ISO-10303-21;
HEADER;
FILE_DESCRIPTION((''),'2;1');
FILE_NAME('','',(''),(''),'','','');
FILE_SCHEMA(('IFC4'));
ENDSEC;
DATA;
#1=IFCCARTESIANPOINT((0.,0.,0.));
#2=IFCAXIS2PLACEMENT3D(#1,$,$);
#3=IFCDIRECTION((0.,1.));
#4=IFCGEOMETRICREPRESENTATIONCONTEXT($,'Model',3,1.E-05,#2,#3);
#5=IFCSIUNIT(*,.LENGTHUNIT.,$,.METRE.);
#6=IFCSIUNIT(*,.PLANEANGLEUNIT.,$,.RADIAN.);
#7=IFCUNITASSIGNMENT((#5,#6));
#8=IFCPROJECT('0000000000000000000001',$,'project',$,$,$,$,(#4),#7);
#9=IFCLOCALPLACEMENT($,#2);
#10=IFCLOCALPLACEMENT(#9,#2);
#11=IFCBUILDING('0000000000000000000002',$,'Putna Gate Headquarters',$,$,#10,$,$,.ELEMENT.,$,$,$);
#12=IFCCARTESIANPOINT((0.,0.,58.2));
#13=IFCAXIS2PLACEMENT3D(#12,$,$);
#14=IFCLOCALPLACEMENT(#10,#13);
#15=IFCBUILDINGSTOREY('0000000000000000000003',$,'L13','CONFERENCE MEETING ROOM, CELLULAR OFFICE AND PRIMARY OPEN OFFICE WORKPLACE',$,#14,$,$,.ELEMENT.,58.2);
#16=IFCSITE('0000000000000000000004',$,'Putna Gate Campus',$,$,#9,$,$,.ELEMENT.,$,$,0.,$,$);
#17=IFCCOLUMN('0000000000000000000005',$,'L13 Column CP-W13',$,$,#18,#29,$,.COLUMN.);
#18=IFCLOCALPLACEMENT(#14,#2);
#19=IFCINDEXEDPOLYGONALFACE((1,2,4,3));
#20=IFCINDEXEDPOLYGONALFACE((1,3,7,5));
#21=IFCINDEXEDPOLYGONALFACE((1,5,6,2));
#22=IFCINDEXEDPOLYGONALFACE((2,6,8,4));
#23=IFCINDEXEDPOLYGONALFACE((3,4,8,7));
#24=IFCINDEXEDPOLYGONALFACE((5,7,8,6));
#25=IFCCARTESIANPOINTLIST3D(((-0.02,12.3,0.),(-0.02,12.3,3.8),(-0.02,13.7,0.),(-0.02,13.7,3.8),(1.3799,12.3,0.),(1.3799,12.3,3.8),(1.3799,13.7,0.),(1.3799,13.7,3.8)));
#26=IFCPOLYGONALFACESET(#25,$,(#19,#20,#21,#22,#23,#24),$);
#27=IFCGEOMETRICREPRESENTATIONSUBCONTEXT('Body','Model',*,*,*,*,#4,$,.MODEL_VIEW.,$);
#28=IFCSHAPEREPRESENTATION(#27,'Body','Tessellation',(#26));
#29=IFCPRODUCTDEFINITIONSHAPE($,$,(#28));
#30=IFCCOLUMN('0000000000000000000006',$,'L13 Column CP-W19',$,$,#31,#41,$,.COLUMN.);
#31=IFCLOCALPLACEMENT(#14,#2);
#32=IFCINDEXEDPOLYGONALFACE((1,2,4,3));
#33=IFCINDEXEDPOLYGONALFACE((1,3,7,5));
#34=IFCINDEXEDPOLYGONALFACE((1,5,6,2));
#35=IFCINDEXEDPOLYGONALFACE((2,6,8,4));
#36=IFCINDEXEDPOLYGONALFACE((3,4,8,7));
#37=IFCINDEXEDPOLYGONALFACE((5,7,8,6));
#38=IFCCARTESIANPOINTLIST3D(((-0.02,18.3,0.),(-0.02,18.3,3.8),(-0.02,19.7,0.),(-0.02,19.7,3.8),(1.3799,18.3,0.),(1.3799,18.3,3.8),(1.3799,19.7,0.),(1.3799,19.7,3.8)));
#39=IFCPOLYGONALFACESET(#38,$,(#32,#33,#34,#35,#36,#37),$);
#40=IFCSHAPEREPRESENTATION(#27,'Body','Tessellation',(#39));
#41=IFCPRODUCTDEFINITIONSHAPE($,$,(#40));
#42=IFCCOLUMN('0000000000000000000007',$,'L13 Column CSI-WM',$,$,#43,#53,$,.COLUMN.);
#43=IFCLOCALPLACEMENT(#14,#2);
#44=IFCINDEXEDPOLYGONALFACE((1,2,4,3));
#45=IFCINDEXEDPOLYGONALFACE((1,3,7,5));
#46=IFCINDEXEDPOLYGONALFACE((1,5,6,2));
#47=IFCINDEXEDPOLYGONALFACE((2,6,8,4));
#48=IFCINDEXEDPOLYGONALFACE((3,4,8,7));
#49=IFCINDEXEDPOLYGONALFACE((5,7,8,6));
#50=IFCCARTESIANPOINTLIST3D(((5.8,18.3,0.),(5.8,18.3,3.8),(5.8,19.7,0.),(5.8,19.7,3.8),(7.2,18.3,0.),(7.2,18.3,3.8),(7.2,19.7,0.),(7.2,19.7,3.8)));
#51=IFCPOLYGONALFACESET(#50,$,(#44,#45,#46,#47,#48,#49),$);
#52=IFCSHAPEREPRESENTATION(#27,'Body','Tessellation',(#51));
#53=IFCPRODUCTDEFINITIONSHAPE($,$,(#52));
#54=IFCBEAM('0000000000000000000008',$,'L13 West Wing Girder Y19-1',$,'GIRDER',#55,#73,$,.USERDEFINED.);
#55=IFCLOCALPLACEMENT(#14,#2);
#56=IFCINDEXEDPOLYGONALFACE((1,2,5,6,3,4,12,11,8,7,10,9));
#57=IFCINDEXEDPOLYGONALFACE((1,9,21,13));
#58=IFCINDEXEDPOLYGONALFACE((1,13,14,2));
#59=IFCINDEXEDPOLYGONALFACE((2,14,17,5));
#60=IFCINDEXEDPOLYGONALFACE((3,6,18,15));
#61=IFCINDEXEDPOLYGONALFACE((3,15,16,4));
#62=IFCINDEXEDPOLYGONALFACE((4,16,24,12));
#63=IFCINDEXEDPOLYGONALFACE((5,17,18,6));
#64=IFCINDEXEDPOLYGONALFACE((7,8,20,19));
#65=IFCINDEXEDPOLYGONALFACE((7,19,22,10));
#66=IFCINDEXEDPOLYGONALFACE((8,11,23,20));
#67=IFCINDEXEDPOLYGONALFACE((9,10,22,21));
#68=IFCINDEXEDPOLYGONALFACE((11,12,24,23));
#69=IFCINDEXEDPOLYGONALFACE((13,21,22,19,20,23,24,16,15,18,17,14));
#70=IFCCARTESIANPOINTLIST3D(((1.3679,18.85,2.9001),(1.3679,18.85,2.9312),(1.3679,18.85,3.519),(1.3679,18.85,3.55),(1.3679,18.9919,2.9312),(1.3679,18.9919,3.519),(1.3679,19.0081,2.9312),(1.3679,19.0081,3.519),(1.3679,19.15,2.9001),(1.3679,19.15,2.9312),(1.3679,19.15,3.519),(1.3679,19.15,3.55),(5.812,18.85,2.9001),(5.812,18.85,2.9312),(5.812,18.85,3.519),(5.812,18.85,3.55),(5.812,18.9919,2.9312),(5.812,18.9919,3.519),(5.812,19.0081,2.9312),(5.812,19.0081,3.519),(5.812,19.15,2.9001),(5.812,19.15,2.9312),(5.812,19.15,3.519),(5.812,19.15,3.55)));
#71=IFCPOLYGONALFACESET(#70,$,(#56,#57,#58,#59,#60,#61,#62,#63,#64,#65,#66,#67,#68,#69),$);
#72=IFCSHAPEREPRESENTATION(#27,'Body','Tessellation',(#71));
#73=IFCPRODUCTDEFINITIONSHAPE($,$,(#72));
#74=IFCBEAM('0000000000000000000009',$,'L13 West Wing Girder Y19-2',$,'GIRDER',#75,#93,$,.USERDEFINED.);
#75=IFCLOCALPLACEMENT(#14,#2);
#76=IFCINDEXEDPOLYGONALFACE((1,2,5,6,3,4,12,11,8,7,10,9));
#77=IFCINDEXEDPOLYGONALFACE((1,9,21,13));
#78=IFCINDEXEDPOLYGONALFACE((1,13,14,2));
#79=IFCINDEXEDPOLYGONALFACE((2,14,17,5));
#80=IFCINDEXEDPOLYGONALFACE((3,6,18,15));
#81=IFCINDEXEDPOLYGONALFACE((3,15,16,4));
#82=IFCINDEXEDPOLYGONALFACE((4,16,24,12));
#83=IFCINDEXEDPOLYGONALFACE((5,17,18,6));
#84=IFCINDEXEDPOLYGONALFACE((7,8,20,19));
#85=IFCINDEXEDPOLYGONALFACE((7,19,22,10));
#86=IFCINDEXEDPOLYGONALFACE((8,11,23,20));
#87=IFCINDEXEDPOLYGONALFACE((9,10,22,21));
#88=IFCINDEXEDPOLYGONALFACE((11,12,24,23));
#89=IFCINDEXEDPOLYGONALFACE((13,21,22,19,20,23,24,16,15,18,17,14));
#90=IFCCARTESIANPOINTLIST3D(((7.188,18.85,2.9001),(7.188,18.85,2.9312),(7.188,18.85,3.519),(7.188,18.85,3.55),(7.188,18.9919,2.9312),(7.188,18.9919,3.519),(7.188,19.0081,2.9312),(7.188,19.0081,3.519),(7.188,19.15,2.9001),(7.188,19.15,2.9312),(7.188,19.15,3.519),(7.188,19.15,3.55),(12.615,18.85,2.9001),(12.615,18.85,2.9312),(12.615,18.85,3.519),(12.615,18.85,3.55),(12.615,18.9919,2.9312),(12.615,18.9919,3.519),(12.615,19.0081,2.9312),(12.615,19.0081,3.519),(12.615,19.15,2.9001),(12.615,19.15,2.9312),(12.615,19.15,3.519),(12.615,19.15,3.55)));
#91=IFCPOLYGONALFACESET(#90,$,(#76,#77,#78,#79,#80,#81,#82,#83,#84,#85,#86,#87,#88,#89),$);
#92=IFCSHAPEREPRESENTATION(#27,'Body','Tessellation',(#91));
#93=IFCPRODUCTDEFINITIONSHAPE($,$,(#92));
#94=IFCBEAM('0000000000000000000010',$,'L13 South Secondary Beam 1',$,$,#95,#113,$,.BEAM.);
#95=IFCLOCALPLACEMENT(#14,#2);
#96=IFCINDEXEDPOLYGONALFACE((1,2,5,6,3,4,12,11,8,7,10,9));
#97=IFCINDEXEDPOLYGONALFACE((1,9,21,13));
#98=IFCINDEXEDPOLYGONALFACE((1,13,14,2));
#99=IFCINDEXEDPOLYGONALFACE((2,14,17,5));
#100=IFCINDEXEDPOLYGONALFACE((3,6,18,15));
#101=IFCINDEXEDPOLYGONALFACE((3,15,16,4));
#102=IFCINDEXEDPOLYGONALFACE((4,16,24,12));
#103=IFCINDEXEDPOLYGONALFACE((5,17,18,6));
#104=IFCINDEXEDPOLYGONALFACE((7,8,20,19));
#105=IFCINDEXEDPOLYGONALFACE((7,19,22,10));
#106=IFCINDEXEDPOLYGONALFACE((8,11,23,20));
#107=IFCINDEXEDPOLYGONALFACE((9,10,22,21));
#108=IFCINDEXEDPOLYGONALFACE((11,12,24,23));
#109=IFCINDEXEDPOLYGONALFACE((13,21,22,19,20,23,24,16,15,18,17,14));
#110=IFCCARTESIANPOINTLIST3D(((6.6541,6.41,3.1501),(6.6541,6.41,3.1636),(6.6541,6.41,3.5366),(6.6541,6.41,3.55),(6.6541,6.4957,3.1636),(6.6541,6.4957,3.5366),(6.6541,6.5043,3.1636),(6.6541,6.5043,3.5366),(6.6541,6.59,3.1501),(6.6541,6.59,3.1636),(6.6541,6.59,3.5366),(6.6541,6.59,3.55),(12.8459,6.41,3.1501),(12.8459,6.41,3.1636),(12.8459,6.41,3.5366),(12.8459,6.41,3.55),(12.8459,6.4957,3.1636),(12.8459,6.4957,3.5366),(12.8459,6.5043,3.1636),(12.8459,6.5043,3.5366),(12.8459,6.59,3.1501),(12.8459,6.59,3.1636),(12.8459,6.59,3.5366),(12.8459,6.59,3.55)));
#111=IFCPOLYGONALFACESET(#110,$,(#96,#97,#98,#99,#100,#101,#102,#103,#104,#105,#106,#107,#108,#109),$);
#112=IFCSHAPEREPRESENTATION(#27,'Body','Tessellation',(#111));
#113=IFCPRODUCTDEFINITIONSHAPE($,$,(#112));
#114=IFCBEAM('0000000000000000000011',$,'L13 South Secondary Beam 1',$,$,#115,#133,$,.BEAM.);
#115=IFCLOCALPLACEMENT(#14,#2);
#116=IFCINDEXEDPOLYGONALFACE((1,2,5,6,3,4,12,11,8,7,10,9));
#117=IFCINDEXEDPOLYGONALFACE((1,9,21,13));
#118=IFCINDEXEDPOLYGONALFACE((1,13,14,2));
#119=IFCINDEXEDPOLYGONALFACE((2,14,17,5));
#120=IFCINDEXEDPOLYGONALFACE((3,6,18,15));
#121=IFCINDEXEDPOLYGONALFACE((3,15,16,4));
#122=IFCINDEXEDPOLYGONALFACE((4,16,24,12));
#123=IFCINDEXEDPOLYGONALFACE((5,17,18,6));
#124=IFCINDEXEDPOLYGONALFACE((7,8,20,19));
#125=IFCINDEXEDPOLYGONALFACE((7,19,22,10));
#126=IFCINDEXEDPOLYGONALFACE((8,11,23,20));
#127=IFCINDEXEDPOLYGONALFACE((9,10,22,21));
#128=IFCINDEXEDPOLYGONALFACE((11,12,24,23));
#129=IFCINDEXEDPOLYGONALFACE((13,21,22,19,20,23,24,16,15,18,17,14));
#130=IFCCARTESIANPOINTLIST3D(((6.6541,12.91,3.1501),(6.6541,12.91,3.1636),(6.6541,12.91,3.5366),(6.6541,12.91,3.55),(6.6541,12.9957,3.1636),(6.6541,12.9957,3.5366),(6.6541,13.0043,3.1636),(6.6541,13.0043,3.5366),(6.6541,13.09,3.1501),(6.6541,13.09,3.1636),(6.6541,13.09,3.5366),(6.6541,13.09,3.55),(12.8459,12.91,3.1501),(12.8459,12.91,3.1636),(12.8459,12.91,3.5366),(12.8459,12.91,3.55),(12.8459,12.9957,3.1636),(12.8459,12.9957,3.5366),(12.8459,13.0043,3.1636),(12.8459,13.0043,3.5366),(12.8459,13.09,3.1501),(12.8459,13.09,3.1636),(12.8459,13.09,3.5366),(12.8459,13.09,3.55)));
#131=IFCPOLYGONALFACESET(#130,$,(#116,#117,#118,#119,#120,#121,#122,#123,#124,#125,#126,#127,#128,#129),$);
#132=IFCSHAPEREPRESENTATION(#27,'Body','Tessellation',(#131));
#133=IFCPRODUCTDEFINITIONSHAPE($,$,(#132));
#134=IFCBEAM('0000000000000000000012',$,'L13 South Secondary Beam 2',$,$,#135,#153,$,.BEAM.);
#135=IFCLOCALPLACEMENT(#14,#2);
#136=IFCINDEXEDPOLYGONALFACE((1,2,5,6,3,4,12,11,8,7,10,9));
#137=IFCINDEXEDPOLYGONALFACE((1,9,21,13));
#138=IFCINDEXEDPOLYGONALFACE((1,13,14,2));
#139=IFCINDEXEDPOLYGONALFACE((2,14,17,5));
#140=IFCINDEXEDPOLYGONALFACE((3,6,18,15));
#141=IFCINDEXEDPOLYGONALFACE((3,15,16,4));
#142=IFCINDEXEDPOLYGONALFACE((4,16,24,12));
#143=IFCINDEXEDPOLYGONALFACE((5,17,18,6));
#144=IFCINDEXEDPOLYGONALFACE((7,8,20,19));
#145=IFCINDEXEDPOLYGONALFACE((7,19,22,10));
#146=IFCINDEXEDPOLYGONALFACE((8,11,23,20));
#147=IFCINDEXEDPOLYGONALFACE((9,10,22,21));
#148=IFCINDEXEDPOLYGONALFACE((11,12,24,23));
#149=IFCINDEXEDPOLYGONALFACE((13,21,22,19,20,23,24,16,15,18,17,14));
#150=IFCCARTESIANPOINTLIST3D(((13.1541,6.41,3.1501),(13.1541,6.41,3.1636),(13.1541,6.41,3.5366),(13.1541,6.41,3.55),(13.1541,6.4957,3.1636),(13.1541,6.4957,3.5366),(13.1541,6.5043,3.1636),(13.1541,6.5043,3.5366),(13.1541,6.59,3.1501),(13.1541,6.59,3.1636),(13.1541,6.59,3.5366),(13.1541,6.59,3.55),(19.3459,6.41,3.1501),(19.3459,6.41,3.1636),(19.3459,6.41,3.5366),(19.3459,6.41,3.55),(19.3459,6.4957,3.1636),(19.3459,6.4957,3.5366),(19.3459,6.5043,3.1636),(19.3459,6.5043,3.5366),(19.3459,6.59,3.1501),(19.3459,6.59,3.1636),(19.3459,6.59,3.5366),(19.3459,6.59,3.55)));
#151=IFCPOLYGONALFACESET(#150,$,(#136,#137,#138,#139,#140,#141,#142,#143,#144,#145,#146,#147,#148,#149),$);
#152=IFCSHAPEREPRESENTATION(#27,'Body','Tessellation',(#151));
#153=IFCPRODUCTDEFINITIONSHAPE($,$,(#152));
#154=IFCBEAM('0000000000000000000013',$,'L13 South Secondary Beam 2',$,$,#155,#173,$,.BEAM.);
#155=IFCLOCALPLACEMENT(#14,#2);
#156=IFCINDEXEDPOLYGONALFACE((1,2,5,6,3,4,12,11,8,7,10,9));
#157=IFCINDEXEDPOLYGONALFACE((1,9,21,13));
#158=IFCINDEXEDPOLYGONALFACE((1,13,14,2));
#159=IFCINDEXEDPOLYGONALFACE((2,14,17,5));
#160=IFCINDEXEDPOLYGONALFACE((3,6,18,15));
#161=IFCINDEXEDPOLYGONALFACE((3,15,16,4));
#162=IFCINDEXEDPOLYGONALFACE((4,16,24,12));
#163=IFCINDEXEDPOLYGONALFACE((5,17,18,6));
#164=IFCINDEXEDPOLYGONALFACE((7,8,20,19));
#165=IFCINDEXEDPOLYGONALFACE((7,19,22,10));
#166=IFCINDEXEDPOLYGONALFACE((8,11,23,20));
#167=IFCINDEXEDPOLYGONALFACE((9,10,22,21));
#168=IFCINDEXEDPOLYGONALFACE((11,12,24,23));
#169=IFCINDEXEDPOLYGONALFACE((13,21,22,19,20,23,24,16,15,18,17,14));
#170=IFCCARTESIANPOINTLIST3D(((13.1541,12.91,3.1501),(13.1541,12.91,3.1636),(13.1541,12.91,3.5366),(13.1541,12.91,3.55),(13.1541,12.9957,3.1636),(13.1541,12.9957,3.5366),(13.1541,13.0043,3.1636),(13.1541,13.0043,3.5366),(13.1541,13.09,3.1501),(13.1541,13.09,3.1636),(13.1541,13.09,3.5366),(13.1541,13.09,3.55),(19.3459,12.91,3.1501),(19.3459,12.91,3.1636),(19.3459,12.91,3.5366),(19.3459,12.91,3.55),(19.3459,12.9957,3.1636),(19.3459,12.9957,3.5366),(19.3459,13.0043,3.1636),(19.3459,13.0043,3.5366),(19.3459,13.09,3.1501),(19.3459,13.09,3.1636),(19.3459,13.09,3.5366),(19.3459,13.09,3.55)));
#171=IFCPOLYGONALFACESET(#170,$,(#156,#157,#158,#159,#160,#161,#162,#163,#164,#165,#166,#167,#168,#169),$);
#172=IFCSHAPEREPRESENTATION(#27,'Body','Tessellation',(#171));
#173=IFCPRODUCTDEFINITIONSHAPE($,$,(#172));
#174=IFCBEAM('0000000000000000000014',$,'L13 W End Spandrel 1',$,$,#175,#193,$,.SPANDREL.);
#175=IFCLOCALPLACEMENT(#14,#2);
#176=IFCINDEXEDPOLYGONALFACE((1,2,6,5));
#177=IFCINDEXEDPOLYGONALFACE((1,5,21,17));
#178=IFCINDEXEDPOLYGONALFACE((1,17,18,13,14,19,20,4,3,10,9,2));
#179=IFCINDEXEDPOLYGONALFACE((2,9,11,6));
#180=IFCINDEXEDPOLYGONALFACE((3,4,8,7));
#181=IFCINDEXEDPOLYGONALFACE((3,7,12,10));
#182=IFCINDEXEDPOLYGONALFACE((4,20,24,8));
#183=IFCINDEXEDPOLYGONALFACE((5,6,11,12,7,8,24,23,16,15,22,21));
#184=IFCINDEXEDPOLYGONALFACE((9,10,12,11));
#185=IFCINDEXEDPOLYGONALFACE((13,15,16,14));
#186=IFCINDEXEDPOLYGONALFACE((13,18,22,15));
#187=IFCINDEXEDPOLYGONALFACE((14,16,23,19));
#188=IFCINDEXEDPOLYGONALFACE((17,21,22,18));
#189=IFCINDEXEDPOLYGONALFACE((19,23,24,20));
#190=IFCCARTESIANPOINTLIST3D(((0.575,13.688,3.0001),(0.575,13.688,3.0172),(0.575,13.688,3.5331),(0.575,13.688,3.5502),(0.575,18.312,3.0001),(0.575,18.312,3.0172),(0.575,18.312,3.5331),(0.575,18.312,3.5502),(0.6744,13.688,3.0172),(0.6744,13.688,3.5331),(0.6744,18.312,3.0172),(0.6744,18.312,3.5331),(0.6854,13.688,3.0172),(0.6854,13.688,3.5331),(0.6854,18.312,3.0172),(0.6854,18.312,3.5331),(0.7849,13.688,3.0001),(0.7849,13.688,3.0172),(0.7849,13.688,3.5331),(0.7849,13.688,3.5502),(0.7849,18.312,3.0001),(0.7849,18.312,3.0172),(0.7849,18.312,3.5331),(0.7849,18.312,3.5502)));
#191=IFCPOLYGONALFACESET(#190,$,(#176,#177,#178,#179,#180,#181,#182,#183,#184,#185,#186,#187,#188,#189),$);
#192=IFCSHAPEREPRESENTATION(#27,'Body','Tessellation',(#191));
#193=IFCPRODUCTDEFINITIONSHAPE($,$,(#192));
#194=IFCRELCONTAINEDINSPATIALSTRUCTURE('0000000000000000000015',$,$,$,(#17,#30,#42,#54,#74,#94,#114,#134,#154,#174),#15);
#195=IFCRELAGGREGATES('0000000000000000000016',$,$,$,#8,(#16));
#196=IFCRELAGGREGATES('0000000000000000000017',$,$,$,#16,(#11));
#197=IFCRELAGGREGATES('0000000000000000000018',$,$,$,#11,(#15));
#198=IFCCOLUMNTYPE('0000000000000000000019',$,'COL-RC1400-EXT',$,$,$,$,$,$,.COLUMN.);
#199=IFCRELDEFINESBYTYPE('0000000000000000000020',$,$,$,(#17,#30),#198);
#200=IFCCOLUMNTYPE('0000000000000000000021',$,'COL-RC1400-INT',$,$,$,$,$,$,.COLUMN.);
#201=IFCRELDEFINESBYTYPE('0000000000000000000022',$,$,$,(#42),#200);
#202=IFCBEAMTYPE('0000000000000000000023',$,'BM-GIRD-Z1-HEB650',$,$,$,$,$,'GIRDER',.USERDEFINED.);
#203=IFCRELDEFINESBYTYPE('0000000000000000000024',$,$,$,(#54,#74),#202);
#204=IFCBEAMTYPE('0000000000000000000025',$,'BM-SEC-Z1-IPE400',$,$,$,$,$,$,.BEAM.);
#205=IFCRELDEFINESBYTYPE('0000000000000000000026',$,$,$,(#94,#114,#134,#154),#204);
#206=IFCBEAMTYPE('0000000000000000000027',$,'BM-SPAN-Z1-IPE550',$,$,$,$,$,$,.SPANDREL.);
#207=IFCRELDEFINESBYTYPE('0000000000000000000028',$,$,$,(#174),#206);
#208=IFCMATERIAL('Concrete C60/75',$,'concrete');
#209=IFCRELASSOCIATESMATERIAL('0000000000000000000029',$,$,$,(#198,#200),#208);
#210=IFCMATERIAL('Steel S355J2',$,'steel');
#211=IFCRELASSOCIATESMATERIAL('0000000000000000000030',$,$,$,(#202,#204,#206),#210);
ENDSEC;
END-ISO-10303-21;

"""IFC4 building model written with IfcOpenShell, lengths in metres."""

from ifc_helpers import new_model, si_unit, direction, frame, origin, origin_2d, place, context, subcontext, project, spatial, rectangle, i_section, extrude, material, material_profile, profile_set, type_object, element, save


model = new_model("IFC4")

# Units and contexts
model_context = context("Model", 3, precision=1e-05, world=origin(), true_north=direction((0.0, 1.0)))
body_context = subcontext(model_context, "Body", "Model", "MODEL_VIEW")
ifc_project = project(units=[si_unit("LENGTHUNIT", "METRE"), si_unit("PLANEANGLEUNIT", "RADIAN")], contexts=[model_context])

# Site, building, storey
site_placement = place(None, origin())
site = spatial("IfcSite", under=ifc_project, at=site_placement, Name="Putna Gate Campus", CompositionType="ELEMENT", RefElevation=0.0)
building_placement = place(site_placement, origin())
building = spatial("IfcBuilding", under=site, at=building_placement, Name="Putna Gate Headquarters", CompositionType="ELEMENT")
storey_placement = place(building_placement, frame((0.0, 0.0, 58.2)))
storey = spatial("IfcBuildingStorey", under=building, at=storey_placement, Name="L13", Description="CONFERENCE MEETING ROOM, CELLULAR OFFICE AND PRIMARY OPEN OFFICE WORKPLACE", CompositionType="ELEMENT", Elevation=58.2)

# Columns
ifc_material_1 = material(Name="Concrete C60/75", Category="concrete")
ifc_material_profile_1 = material_profile(ifc_material_1, rectangle(XDim=1.3999, YDim=1.3999, at=origin_2d()), Name="Concrete C60/75")
ifc_profile_set_1 = profile_set([ifc_material_profile_1], Name="Concrete C60/75")
column_type_1 = type_object("IfcColumnType", Name="COL-RC1400-EXT", PredefinedType="COLUMN", material=ifc_profile_set_1)
for number, where, z_axis, x_axis, name in (
    (1, (0.6799, 13.0, 0.0), (0.0, 0.0, 1.0), (1.0, 0.0, 0.0), "L13 Column CP-W13"),
    (2, (0.6799, 19.0, 0.0), (0.0, 0.0, 1.0), (1.0, 0.0, 0.0), "L13 Column CP-W19"),
):
    element("IfcColumn", number, at=place(storey_placement, frame(where, z_axis=z_axis, x_axis=x_axis)), inside=storey, type_object=column_type_1, Name=name, PredefinedType="COLUMN", context=body_context, shape_type="SweptSolid", body=[
        extrude(rectangle(XDim=1.3999, YDim=1.3999, at=origin_2d()), origin(), (0.0, 0.0, 1.0), 3.8),
    ])
ifc_material_profile_2 = material_profile(ifc_material_1, rectangle(XDim=1.3999, YDim=1.3999, at=origin_2d()), Name="Concrete C60/75")
ifc_profile_set_2 = profile_set([ifc_material_profile_2], Name="Concrete C60/75")
column_type_2 = type_object("IfcColumnType", Name="COL-RC1400-INT", PredefinedType="COLUMN", material=ifc_profile_set_2)
column_placement = place(storey_placement, frame((6.5, 19.0, 0.0), z_axis=(0.0, 0.0, 1.0), x_axis=(1.0, 0.0, 0.0)))
element("IfcColumn", 3, at=column_placement, inside=storey, type_object=column_type_2, Name="L13 Column CSI-WM", PredefinedType="COLUMN", context=body_context, shape_type="SweptSolid", body=[
    extrude(rectangle(XDim=1.3999, YDim=1.3999, at=origin_2d()), origin(), (0.0, 0.0, 1.0), 3.8),
])

# Beams
ifc_material_2 = material(Name="Steel S355J2", Category="steel")
ifc_material_profile_3 = material_profile(ifc_material_2, i_section(OverallWidth=0.3, OverallDepth=0.6499, WebThickness=0.0161, FlangeThickness=0.031, at=origin_2d()), Name="Steel S355J2")
ifc_profile_set_3 = profile_set([ifc_material_profile_3], Name="Steel S355J2")
beam_type_1 = type_object("IfcBeamType", Name="BM-GIRD-Z1-HEB650", ElementType="GIRDER", PredefinedType="USERDEFINED", material=ifc_profile_set_3)
beam_1_placement = place(storey_placement, frame((1.3679, 19.0, 3.2251), z_axis=(1.0, 0.0, 0.0), x_axis=(0.0, 1.0, 0.0)))
element("IfcBeam", 4, at=beam_1_placement, inside=storey, type_object=beam_type_1, Name="L13 West Wing Girder Y19-1", ObjectType="GIRDER", PredefinedType="USERDEFINED", context=body_context, shape_type="SweptSolid", body=[
    extrude(i_section(OverallWidth=0.3, OverallDepth=0.6499, WebThickness=0.0161, FlangeThickness=0.031, at=origin_2d()), origin(), (0.0, 0.0, 1.0), 4.4441),
])
beam_2_placement = place(storey_placement, frame((7.188, 19.0, 3.2251), z_axis=(1.0, 0.0, 0.0), x_axis=(0.0, 1.0, 0.0)))
element("IfcBeam", 5, at=beam_2_placement, inside=storey, type_object=beam_type_1, Name="L13 West Wing Girder Y19-2", ObjectType="GIRDER", PredefinedType="USERDEFINED", context=body_context, shape_type="SweptSolid", body=[
    extrude(i_section(OverallWidth=0.3, OverallDepth=0.6499, WebThickness=0.0161, FlangeThickness=0.031, at=origin_2d()), origin(), (0.0, 0.0, 1.0), 5.427),
])
ifc_material_profile_4 = material_profile(ifc_material_2, i_section(OverallWidth=0.1799, OverallDepth=0.3999, WebThickness=0.0085, FlangeThickness=0.0134, at=origin_2d()), Name="Steel S355J2")
ifc_profile_set_4 = profile_set([ifc_material_profile_4], Name="Steel S355J2")
beam_type_2 = type_object("IfcBeamType", Name="BM-SEC-Z1-IPE400", PredefinedType="BEAM", material=ifc_profile_set_4)
for number, where, z_axis, x_axis, name in (
    (6, (6.6541, 6.5, 3.3501), (1.0, 0.0, 0.0), (0.0, 1.0, 0.0), "L13 South Secondary Beam 1"),
    (7, (6.6541, 13.0, 3.3501), (1.0, 0.0, 0.0), (0.0, 1.0, 0.0), "L13 South Secondary Beam 1"),
    (8, (13.1541, 6.5, 3.3501), (1.0, 0.0, 0.0), (0.0, 1.0, 0.0), "L13 South Secondary Beam 2"),
    (9, (13.1541, 13.0, 3.3501), (1.0, 0.0, 0.0), (0.0, 1.0, 0.0), "L13 South Secondary Beam 2"),
):
    element("IfcBeam", number, at=place(storey_placement, frame(where, z_axis=z_axis, x_axis=x_axis)), inside=storey, type_object=beam_type_2, Name=name, PredefinedType="BEAM", context=body_context, shape_type="SweptSolid", body=[
        extrude(i_section(OverallWidth=0.1799, OverallDepth=0.3999, WebThickness=0.0085, FlangeThickness=0.0134, at=origin_2d()), origin(), (0.0, 0.0, 1.0), 6.1919),
    ])
ifc_material_profile_5 = material_profile(ifc_material_2, i_section(OverallWidth=0.21, OverallDepth=0.55, WebThickness=0.011, FlangeThickness=0.0171, at=origin_2d()), Name="Steel S355J2")
ifc_profile_set_5 = profile_set([ifc_material_profile_5], Name="Steel S355J2")
beam_type_3 = type_object("IfcBeamType", Name="BM-SPAN-Z1-IPE550", PredefinedType="SPANDREL", material=ifc_profile_set_5)
beam_3_placement = place(storey_placement, frame((0.6799, 13.688, 3.2751), z_axis=(0.0, 1.0, 0.0), x_axis=(-1.0, 0.0, 0.0)))
element("IfcBeam", 10, at=beam_3_placement, inside=storey, type_object=beam_type_3, Name="L13 W End Spandrel 1", PredefinedType="SPANDREL", context=body_context, shape_type="SweptSolid", body=[
    extrude(i_section(OverallWidth=0.21, OverallDepth=0.55, WebThickness=0.011, FlangeThickness=0.0171, at=origin_2d()), origin(), (0.0, 0.0, 1.0), 4.624),
])

save(model, "model.ifc")
